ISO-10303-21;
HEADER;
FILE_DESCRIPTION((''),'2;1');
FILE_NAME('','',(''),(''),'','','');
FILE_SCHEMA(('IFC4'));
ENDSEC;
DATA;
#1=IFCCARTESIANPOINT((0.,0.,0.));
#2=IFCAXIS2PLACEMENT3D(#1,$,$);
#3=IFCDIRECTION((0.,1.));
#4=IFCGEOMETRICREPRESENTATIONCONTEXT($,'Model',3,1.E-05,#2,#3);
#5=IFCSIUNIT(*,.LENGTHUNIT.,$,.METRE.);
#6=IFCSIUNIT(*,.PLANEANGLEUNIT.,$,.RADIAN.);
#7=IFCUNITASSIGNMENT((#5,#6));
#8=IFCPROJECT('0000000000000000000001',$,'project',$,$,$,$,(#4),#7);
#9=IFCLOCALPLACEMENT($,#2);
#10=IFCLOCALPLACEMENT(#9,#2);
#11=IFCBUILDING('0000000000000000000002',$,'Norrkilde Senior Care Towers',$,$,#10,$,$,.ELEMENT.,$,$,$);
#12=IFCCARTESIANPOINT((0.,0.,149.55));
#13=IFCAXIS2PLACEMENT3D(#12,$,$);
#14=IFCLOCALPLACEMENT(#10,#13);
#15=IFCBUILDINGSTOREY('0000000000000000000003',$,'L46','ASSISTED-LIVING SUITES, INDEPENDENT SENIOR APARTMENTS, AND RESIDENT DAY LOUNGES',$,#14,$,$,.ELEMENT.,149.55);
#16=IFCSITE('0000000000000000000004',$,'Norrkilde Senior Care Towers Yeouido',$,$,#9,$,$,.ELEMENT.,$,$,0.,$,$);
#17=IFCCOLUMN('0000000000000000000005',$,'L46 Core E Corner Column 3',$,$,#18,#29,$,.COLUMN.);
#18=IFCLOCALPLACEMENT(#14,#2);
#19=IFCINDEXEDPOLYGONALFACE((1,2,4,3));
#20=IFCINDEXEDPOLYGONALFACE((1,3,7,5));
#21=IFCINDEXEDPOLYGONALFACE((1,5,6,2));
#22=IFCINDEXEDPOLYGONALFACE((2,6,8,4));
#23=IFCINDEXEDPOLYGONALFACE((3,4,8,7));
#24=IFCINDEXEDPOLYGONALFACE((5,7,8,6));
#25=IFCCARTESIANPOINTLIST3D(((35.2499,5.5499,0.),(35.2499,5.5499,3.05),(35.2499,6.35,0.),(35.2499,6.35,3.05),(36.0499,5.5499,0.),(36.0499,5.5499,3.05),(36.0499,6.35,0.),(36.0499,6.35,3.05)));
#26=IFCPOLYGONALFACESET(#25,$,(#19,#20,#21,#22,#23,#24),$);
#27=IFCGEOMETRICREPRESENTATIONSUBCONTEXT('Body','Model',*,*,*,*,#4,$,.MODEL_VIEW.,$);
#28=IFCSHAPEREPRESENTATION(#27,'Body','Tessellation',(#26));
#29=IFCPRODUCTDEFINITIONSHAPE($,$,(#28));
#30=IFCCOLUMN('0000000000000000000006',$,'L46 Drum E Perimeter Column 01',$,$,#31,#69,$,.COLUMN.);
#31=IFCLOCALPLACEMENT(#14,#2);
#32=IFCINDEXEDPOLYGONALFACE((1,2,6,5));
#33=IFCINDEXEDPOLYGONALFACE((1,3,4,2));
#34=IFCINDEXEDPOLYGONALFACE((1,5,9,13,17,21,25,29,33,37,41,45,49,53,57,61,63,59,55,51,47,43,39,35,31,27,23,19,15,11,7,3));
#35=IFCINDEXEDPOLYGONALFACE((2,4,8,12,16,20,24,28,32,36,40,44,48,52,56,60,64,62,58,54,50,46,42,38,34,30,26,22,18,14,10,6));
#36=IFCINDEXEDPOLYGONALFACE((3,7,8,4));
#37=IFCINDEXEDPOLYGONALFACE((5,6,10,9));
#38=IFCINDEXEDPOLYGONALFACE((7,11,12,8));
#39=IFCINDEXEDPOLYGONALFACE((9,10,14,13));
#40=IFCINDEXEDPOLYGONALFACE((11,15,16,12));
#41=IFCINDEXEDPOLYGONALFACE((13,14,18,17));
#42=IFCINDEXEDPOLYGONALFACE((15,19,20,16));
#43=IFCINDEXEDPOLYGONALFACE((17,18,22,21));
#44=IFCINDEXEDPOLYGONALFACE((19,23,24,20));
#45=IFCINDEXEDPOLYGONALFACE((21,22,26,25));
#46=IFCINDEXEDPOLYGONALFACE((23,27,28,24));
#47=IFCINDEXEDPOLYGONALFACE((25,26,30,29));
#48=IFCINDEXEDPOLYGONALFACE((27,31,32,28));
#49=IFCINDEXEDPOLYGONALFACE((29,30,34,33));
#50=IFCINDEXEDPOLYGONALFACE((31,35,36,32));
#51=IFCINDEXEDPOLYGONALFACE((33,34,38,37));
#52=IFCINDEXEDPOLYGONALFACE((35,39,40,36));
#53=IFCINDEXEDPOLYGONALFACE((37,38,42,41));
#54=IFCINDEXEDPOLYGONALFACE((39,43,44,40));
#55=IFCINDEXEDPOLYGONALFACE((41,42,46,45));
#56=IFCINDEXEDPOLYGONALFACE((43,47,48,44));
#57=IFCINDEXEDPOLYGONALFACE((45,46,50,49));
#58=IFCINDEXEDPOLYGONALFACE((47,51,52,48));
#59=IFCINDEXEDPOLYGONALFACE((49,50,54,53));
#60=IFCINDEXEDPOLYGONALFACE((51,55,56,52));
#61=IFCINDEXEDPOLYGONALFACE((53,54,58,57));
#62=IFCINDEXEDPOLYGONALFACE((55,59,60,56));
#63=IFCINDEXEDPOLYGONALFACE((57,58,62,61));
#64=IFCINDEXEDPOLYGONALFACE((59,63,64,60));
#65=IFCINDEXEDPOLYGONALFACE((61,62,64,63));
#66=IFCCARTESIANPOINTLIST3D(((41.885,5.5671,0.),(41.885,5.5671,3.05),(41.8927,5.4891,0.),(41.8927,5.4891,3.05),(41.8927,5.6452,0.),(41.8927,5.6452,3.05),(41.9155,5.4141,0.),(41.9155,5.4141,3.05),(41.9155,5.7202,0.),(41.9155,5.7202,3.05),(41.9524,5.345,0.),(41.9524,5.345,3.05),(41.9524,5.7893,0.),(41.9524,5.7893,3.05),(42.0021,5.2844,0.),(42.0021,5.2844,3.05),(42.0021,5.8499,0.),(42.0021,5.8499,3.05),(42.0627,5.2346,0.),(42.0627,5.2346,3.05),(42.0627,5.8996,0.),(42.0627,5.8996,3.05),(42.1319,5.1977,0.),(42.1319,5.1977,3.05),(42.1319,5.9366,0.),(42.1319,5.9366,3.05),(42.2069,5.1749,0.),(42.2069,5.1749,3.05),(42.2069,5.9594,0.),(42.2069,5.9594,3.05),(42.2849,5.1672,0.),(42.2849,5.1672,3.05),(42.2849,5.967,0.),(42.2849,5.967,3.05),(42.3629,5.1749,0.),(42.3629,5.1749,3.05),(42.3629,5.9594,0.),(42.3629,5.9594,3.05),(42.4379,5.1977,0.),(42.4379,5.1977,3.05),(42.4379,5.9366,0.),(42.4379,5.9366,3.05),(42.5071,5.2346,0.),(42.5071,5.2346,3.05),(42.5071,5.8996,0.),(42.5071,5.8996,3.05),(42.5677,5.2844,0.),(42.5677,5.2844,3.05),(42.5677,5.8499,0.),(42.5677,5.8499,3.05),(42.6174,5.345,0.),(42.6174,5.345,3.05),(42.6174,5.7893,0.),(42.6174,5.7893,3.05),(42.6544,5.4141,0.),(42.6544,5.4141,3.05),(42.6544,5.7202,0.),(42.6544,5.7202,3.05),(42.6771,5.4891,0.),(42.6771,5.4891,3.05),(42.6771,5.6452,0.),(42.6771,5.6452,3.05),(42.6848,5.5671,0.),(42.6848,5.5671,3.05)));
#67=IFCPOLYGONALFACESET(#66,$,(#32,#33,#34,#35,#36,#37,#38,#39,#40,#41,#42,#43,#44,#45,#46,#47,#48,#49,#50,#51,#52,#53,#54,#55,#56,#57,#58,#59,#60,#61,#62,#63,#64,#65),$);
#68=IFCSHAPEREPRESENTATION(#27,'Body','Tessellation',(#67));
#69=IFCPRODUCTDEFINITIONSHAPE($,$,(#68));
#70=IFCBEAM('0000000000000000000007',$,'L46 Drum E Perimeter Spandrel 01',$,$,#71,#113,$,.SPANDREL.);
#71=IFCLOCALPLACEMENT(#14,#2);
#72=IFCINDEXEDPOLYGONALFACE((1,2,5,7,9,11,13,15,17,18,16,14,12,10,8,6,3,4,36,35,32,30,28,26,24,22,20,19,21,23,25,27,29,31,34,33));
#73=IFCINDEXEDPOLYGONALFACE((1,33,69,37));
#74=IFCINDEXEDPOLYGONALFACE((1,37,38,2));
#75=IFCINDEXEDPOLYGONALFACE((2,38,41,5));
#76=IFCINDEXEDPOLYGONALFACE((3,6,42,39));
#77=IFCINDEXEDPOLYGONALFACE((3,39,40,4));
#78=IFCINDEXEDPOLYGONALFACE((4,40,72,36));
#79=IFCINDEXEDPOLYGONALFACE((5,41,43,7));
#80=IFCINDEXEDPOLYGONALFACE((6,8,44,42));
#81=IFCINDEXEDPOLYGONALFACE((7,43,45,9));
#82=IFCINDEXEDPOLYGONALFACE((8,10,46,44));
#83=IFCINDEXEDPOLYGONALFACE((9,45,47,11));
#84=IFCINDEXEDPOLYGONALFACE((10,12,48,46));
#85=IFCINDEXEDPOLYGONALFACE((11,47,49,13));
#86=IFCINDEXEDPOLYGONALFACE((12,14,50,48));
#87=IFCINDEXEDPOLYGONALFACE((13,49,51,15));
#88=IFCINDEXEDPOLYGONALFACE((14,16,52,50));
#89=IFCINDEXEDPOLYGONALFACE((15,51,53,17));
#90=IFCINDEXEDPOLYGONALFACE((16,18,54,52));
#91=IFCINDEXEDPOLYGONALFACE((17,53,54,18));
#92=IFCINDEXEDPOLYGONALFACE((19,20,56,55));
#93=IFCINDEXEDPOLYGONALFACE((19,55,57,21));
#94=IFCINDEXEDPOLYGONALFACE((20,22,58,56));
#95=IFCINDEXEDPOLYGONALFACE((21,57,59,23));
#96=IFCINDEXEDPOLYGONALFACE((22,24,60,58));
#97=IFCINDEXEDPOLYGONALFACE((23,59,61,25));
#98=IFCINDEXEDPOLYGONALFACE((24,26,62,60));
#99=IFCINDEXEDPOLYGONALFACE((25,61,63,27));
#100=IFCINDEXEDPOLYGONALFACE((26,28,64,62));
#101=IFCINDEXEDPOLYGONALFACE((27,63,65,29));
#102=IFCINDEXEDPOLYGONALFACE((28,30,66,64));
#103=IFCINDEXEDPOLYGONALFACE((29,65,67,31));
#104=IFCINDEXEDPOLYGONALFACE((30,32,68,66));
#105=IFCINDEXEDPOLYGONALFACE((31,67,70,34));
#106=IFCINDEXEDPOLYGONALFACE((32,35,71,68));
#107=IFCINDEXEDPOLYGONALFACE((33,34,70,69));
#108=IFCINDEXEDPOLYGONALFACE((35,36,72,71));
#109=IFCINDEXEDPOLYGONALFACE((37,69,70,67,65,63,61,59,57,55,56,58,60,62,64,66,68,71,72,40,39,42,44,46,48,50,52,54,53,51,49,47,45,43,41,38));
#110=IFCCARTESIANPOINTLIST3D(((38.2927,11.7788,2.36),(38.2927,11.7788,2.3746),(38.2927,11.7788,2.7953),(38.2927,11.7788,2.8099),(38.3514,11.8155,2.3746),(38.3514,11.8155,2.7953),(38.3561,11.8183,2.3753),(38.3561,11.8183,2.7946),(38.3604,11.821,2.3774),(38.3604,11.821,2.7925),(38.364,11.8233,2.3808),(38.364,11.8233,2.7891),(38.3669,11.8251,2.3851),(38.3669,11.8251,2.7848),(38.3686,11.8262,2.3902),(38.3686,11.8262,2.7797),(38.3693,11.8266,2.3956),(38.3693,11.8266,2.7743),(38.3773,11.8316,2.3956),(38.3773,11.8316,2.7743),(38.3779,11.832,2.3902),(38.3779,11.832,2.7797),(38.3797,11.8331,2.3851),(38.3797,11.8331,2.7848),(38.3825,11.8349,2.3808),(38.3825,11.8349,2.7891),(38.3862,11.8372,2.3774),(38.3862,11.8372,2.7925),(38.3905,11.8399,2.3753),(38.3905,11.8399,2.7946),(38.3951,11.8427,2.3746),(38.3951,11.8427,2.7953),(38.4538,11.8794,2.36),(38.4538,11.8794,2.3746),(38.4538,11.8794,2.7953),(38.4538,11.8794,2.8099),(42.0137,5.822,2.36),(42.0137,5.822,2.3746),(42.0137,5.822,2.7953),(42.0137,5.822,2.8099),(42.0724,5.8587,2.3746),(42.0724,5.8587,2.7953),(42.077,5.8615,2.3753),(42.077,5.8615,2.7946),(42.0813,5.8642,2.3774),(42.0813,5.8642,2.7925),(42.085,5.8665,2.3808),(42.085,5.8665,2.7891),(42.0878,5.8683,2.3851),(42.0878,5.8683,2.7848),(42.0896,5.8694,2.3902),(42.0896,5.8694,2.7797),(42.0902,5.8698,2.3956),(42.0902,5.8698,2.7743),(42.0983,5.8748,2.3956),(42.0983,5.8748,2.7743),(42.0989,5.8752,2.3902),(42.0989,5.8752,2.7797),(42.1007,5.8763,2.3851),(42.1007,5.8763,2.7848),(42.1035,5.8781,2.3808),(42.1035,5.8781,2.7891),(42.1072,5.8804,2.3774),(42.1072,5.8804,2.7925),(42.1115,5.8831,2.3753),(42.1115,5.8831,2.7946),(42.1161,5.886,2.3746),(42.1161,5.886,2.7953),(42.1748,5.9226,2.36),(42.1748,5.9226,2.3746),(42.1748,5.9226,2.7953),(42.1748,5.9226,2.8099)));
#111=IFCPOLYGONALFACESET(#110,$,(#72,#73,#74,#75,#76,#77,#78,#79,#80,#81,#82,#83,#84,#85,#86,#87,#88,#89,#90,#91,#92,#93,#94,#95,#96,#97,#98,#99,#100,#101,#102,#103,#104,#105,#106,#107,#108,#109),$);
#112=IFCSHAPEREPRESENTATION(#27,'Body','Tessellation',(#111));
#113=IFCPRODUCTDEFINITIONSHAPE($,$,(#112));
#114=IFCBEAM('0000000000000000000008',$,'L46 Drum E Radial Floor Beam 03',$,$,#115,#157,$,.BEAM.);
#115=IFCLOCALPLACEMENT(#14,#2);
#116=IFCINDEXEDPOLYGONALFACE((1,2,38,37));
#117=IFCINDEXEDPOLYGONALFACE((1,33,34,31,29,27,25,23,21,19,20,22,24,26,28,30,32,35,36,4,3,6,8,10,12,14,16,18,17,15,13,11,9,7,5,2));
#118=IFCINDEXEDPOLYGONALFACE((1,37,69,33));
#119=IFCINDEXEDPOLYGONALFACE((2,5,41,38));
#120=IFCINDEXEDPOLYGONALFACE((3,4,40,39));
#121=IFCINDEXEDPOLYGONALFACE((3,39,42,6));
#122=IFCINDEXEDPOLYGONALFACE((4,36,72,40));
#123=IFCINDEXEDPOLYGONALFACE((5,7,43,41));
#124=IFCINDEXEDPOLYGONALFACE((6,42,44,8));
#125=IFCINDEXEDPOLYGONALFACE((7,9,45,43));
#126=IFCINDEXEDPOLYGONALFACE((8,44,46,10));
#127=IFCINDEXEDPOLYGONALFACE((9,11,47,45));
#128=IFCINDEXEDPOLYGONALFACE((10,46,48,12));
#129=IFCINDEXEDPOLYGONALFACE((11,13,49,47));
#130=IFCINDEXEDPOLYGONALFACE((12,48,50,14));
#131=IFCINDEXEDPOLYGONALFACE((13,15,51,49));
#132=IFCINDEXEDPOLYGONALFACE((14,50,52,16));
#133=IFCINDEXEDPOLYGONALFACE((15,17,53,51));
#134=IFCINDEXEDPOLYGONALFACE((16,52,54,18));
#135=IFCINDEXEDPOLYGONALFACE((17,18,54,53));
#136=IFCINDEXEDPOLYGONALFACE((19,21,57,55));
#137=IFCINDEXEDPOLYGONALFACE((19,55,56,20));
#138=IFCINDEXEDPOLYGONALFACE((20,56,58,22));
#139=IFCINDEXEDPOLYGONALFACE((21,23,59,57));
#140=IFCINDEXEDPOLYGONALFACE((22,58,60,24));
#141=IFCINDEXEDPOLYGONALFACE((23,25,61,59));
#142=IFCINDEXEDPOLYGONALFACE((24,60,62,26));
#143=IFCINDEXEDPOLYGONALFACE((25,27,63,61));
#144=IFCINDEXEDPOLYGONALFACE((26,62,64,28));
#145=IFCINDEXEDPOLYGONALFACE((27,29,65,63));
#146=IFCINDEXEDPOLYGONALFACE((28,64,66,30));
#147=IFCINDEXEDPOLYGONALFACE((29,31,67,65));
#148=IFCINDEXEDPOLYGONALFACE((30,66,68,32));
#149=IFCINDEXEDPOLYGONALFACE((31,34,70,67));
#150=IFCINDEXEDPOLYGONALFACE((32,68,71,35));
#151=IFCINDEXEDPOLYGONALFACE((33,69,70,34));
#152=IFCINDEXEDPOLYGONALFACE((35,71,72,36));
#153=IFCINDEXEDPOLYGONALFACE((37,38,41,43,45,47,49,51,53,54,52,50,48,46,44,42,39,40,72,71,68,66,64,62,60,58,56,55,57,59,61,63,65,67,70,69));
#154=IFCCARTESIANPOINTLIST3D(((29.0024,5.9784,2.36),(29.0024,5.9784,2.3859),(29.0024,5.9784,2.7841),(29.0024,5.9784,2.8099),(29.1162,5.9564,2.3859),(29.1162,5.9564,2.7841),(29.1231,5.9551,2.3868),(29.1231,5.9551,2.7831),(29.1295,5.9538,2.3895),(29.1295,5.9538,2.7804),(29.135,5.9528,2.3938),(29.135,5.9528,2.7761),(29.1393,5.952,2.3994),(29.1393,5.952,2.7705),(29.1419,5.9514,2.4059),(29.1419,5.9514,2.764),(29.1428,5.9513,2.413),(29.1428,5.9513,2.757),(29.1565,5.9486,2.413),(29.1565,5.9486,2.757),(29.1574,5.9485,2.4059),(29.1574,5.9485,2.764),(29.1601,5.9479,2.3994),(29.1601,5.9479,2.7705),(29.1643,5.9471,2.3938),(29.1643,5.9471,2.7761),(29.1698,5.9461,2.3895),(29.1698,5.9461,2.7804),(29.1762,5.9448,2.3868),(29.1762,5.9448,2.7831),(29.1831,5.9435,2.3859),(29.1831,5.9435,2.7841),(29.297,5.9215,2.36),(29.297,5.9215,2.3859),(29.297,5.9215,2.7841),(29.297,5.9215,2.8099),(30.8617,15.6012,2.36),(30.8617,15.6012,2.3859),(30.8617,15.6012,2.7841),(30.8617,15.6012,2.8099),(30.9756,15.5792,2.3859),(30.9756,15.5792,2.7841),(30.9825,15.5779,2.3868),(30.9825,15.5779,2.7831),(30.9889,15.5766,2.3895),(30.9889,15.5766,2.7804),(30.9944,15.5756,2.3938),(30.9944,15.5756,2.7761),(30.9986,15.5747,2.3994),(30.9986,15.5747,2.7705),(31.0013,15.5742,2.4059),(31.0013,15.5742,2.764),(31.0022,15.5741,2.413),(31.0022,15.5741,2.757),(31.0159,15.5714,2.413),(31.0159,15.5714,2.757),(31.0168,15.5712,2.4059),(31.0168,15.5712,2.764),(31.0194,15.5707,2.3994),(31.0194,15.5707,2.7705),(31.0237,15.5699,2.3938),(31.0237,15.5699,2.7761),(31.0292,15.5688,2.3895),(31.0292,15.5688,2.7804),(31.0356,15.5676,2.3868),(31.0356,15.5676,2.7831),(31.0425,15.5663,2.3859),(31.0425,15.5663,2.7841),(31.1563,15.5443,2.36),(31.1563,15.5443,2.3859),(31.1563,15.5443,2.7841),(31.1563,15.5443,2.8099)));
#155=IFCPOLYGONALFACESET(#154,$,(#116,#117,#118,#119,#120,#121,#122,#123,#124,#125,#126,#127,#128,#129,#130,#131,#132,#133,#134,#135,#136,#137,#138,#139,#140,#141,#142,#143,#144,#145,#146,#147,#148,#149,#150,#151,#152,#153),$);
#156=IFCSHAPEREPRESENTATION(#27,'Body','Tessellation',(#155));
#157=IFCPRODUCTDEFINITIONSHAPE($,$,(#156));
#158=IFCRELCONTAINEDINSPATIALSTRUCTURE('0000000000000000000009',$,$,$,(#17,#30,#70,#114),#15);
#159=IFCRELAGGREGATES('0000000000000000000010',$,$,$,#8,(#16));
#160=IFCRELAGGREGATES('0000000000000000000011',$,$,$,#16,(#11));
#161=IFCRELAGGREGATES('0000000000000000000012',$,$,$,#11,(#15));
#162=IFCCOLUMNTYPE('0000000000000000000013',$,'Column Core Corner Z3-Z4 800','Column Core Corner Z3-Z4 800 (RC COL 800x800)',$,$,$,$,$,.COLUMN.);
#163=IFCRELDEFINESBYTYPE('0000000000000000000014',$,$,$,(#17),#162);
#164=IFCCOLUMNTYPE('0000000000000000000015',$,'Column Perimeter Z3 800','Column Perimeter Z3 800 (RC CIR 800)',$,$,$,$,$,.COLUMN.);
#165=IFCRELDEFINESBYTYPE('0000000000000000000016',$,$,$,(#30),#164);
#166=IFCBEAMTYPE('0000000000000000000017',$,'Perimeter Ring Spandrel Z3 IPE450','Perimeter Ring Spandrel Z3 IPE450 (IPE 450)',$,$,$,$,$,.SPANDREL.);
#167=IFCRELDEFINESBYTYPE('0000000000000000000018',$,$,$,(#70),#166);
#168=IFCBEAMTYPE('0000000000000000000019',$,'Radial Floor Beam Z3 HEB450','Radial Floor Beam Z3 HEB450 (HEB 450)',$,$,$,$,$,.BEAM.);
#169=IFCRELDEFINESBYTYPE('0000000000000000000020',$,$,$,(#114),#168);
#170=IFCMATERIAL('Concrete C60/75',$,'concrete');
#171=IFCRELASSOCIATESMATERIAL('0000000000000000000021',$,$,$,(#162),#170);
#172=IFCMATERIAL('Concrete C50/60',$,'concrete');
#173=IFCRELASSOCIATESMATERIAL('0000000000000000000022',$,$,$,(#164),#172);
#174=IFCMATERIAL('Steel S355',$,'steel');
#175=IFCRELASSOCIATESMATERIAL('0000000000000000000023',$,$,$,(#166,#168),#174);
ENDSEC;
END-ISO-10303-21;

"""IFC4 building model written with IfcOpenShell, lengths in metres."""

from ifc_helpers import new_model, si_unit, direction, frame, origin, origin_2d, place, context, subcontext, project, spatial, rectangle, circle, i_section, extrude, source, transform, mapped, material, material_profile, profile_set, type_object, type_shapes, element, save


model = new_model("IFC4")

# Units and contexts
model_context = context("Model", 3, precision=1e-05, world=origin(), true_north=direction((0.0, 1.0)))
body_context = subcontext(model_context, "Body", "Model", "MODEL_VIEW")
ifc_project = project(units=[si_unit("LENGTHUNIT", "METRE"), si_unit("PLANEANGLEUNIT", "RADIAN")], contexts=[model_context])

# Site, building, storey
site_placement = place(None, origin())
site = spatial("IfcSite", under=ifc_project, at=site_placement, Name="Norrkilde Senior Care Towers Yeouido", CompositionType="ELEMENT", RefElevation=0.0)
building_placement = place(site_placement, origin())
building = spatial("IfcBuilding", under=site, at=building_placement, Name="Norrkilde Senior Care Towers", CompositionType="ELEMENT")
storey_placement = place(building_placement, frame((0.0, 0.0, 149.55)))
storey = spatial("IfcBuildingStorey", under=building, at=storey_placement, Name="L46", Description="ASSISTED-LIVING SUITES, INDEPENDENT SENIOR APARTMENTS, AND RESIDENT DAY LOUNGES", CompositionType="ELEMENT", Elevation=149.55)

# Columns
ifc_material_1 = material(Name="Concrete C60/75", Category="concrete")
ifc_material_profile_1 = material_profile(ifc_material_1, rectangle(XDim=0.8, YDim=0.8, at=origin_2d()), Name="RC COL 800x800")
ifc_profile_set_1 = profile_set([ifc_material_profile_1], Name="Concrete C60/75")
column_type_1 = type_object("IfcColumnType", Name="Column Core Corner Z3-Z4 800", Description="Column Core Corner Z3-Z4 800 (RC COL 800x800)", PredefinedType="COLUMN", material=ifc_profile_set_1)
shared_shape_1 = source(origin(), body_context, "Body", "SweptSolid", [
    extrude(rectangle(XDim=0.8, YDim=0.8, at=origin_2d()), origin(), (0.0, 0.0, 1.0), 3.05),
])
type_shapes(column_type_1, [shared_shape_1])
column_1_placement = place(storey_placement, frame((35.6499, 5.95, 0.0), z_axis=(0.0, 0.0, 1.0), x_axis=(1.0, 0.0, 0.0)))
element("IfcColumn", 1, at=column_1_placement, inside=storey, type_object=column_type_1, Name="L46 Core E Corner Column 3", PredefinedType="COLUMN", context=body_context, shape_type="MappedRepresentation", body=[
    mapped(shared_shape_1, transform((0.0, 0.0, 0.0), x_axis=(1.0, 0.0, 0.0), y_axis=(0.0, 1.0, 0.0), z_axis=(0.0, 0.0, 1.0), scale=1.0)),
])
ifc_material_2 = material(Name="Concrete C50/60", Category="concrete")
ifc_material_profile_2 = material_profile(ifc_material_2, circle(Radius=0.3999, at=origin_2d()), Name="RC CIR 800")
ifc_profile_set_2 = profile_set([ifc_material_profile_2], Name="Concrete C50/60")
column_type_2 = type_object("IfcColumnType", Name="Column Perimeter Z3 800", Description="Column Perimeter Z3 800 (RC CIR 800)", PredefinedType="COLUMN", material=ifc_profile_set_2)
shared_shape_2 = source(origin(), body_context, "Body", "SweptSolid", [
    extrude(circle(Radius=0.3999, at=origin_2d()), origin(), (0.0, 0.0, 1.0), 3.05),
])
type_shapes(column_type_2, [shared_shape_2])
column_2_placement = place(storey_placement, frame((42.2849, 5.5671, 0.0), z_axis=(0.0, 0.0, 1.0), x_axis=(1.0, 0.0, 0.0)))
element("IfcColumn", 2, at=column_2_placement, inside=storey, type_object=column_type_2, Name="L46 Drum E Perimeter Column 01", PredefinedType="COLUMN", context=body_context, shape_type="MappedRepresentation", body=[
    mapped(shared_shape_2, transform((0.0, 0.0, 0.0), x_axis=(1.0, 0.0, 0.0), y_axis=(0.0, 1.0, 0.0), z_axis=(0.0, 0.0, 1.0), scale=1.0)),
])

# Beams
ifc_material_3 = material(Name="Steel S355", Category="steel")
ifc_material_profile_3 = material_profile(ifc_material_3, i_section(OverallWidth=0.1899, OverallDepth=0.45, WebThickness=0.0095, FlangeThickness=0.0146, FilletRadius=0.021, at=origin_2d()), Name="IPE 450")
ifc_profile_set_3 = profile_set([ifc_material_profile_3], Name="Steel S355")
beam_type_1 = type_object("IfcBeamType", Name="Perimeter Ring Spandrel Z3 IPE450", Description="Perimeter Ring Spandrel Z3 IPE450 (IPE 450)", PredefinedType="SPANDREL", material=ifc_profile_set_3)
shared_shape_3 = source(origin(), body_context, "Body", "SweptSolid", [
    extrude(i_section(OverallWidth=0.1899, OverallDepth=0.45, WebThickness=0.0095, FlangeThickness=0.0146, FilletRadius=0.021, at=origin_2d()), origin(), (0.0, 0.0, 1.0), 7.0234),
])
beam_1_placement = place(storey_placement, frame((42.0942, 5.8723, 2.585), z_axis=(-0.52979, 0.848129, 0.0), x_axis=(-0.848129, -0.52979, 0.0)))
element("IfcBeam", 3, at=beam_1_placement, inside=storey, type_object=beam_type_1, Name="L46 Drum E Perimeter Spandrel 01", PredefinedType="SPANDREL", context=body_context, shape_type="MappedRepresentation", body=[
    mapped(shared_shape_3, transform((0.0, 0.0, 0.0), x_axis=(1.0, 0.0, 0.0), y_axis=(0.0, 1.0, 0.0), z_axis=(0.0, 0.0, 1.0), scale=1.0)),
])
ifc_material_profile_4 = material_profile(ifc_material_3, i_section(OverallWidth=0.3, OverallDepth=0.45, WebThickness=0.0139, FlangeThickness=0.0259, FilletRadius=0.0271, at=origin_2d()), Name="HEB 450")
ifc_profile_set_4 = profile_set([ifc_material_profile_4], Name="Steel S355")
beam_type_2 = type_object("IfcBeamType", Name="Radial Floor Beam Z3 HEB450", Description="Radial Floor Beam Z3 HEB450 (HEB 450)", PredefinedType="BEAM", material=ifc_profile_set_4)
shared_shape_4 = source(origin(), body_context, "Body", "SweptSolid", [
    extrude(i_section(OverallWidth=0.3, OverallDepth=0.45, WebThickness=0.0139, FlangeThickness=0.0259, FilletRadius=0.0271, at=origin_2d()), origin(), (0.0, 0.0, 1.0), 9.8008),
])
beam_2_placement = place(storey_placement, frame((29.1497, 5.95, 2.585), z_axis=(0.189717, 0.981839, 0.0), x_axis=(-0.981839, 0.189717, 0.0)))
element("IfcBeam", 4, at=beam_2_placement, inside=storey, type_object=beam_type_2, Name="L46 Drum E Radial Floor Beam 03", PredefinedType="BEAM", context=body_context, shape_type="MappedRepresentation", body=[
    mapped(shared_shape_4, transform((0.0, 0.0, 0.0), x_axis=(1.0, 0.0, 0.0), y_axis=(0.0, 1.0, 0.0), z_axis=(0.0, 0.0, 1.0), scale=1.0)),
])

save(model, "model.ifc")
